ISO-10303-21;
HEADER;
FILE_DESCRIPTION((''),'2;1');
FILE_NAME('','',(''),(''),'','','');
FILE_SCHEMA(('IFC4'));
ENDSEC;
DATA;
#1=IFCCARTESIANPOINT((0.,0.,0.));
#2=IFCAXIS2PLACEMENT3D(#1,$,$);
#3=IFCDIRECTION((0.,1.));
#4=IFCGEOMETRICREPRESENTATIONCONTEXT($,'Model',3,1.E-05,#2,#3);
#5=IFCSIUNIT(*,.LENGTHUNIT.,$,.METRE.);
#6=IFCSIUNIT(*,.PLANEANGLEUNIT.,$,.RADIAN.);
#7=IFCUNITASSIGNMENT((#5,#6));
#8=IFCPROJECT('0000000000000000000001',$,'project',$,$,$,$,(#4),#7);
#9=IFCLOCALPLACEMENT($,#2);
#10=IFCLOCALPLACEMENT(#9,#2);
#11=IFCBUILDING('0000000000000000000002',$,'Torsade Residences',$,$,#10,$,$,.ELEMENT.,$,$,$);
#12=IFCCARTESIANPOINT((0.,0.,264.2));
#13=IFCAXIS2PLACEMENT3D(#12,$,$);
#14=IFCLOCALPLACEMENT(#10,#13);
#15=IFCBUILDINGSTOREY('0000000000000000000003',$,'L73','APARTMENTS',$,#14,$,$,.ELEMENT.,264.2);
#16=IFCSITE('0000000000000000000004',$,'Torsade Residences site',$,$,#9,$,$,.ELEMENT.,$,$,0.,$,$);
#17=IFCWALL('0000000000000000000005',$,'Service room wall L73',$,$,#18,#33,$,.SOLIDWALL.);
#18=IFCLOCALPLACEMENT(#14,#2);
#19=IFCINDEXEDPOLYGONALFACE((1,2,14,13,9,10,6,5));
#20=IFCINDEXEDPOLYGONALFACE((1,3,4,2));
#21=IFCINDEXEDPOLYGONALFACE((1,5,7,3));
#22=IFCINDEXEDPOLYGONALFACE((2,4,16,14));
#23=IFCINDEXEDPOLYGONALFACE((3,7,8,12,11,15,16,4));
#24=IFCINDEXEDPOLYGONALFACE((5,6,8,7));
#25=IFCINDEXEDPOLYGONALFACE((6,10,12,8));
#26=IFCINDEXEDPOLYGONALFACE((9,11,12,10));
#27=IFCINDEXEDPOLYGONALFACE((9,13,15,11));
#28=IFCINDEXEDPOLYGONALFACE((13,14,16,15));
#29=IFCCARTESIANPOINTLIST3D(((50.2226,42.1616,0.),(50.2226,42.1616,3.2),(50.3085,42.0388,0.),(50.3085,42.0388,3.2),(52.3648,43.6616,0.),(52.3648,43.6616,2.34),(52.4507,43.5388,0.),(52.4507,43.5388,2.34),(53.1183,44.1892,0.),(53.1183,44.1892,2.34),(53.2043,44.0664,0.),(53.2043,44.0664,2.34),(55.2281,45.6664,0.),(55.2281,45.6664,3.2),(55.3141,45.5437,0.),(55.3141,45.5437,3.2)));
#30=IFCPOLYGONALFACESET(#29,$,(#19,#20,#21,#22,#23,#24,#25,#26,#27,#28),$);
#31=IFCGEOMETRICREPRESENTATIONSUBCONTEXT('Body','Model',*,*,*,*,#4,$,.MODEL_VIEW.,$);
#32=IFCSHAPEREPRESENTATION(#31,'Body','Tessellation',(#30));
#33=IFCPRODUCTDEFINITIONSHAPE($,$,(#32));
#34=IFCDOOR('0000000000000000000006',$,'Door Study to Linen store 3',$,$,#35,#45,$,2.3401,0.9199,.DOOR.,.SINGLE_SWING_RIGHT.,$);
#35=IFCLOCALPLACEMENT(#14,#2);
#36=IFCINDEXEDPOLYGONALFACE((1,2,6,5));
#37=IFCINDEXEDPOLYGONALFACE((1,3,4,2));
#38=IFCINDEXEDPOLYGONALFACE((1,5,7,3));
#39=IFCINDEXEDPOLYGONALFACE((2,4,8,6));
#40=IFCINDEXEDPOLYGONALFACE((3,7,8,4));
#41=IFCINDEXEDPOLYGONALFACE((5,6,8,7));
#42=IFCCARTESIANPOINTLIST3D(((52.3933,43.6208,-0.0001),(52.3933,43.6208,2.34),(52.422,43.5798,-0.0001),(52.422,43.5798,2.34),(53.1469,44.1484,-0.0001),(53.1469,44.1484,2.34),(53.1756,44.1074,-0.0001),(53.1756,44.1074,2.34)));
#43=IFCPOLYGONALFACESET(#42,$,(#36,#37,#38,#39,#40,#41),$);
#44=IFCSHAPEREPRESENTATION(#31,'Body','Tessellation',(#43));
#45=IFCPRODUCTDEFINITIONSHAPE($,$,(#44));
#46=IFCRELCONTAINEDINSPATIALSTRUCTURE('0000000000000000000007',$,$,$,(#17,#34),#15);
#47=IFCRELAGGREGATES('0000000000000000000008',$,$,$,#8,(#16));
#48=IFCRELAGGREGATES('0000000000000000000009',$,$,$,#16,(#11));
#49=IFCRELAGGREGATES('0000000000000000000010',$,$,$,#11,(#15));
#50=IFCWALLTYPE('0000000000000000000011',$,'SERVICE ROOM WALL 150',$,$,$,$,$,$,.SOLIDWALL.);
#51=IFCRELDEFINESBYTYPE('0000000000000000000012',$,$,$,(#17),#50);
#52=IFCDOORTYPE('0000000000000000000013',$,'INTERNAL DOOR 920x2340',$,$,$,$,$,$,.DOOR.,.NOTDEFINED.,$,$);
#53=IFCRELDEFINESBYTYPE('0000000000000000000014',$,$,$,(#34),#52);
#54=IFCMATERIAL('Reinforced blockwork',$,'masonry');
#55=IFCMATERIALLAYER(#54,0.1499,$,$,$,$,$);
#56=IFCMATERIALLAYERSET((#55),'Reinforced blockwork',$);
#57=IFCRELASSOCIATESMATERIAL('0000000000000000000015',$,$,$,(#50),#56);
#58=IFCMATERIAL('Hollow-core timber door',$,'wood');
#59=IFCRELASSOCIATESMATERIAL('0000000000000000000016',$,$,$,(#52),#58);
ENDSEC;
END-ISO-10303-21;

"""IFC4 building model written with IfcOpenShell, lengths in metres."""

from ifc_helpers import new_model, si_unit, direction, frame, frame_2d, origin, place, context, subcontext, project, spatial, rectangle, extrude, material, layer, layer_set, type_object, element, fill, save


model = new_model("IFC4")

# Units and contexts
model_context = context("Model", 3, precision=1e-05, world=origin(), true_north=direction((0.0, 1.0)))
body_context = subcontext(model_context, "Body", "Model", "MODEL_VIEW")
ifc_project = project(units=[si_unit("LENGTHUNIT", "METRE"), si_unit("PLANEANGLEUNIT", "RADIAN")], contexts=[model_context])

# Site, building, storey
site_placement = place(None, origin())
site = spatial("IfcSite", under=ifc_project, at=site_placement, Name="Torsade Residences site", CompositionType="ELEMENT", RefElevation=0.0)
building_placement = place(site_placement, origin())
building = spatial("IfcBuilding", under=site, at=building_placement, Name="Torsade Residences", CompositionType="ELEMENT")
storey_placement = place(building_placement, frame((0.0, 0.0, 264.2)))
storey = spatial("IfcBuildingStorey", under=building, at=storey_placement, Name="L73", Description="APARTMENTS", CompositionType="ELEMENT", Elevation=264.2)

# Wall, opening, door
ifc_material_1 = material(Name="Reinforced blockwork", Category="masonry")
ifc_layer_1 = layer(ifc_material_1, 0.1499)
ifc_layer_set_1 = layer_set([ifc_layer_1], Name="Reinforced blockwork")
wall_type_1 = type_object("IfcWallType", Name="SERVICE ROOM WALL 150", PredefinedType="SOLIDWALL", material=ifc_layer_set_1)
ifc_material_2 = material(Name="Hollow-core timber door", Category="wood")
door_type = type_object("IfcDoorType", Name="INTERNAL DOOR 920x2340", OperationType="NOTDEFINED", PredefinedType="DOOR", material=ifc_material_2)
wall_1_placement = place(storey_placement, frame((55.271, 45.605, 0.0), z_axis=(0.0, 0.0, 1.0), x_axis=(-0.819159, -0.573567, 0.0)))
wall_1 = element("IfcWall", 1, at=wall_1_placement, inside=storey, type_object=wall_type_1, Name="Service room wall L73", PredefinedType="SOLIDWALL", context=body_context, shape_type="SweptSolid", body=[
    extrude(rectangle(XDim=6.1106, YDim=0.1499, at=frame_2d((3.0552, 0.0))), origin(), (0.0, 0.0, 1.0), 3.2),
])
opening_1_placement = place(wall_1_placement, frame((2.5754, 0.0, 0.0)))
opening_1 = element("IfcOpeningElement", 2, at=opening_1_placement, cuts=wall_1, PredefinedType="OPENING", context=body_context, shape_type="SweptSolid", body=[
    extrude(rectangle(XDim=0.9199, YDim=2.3401, at=frame_2d((0.46, 1.1699))), frame((0.0, 0.085, 0.0), z_axis=(0.0, -1.0, 0.0), x_axis=(1.0, 0.0, 0.0)), (0.0, 0.0, 1.0), 0.1699),
])
door_1_placement = place(opening_1_placement, origin())
door_1 = element("IfcDoor", 3, at=door_1_placement, inside=storey, type_object=door_type, Name="Door Study to Linen store 3", OperationType="SINGLE_SWING_RIGHT", OverallHeight=2.3401, OverallWidth=0.9199, PredefinedType="DOOR", context=body_context, shape_type="SweptSolid", body=[
    extrude(rectangle(XDim=0.9199, YDim=2.3401, at=frame_2d((0.46, 1.1699))), frame((0.0, 0.0249, 0.0), z_axis=(0.0, -1.0, 0.0), x_axis=(1.0, 0.0, 0.0)), (0.0, 0.0, 1.0), 0.05),
])
fill(opening_1, door_1)

save(model, "model.ifc")
